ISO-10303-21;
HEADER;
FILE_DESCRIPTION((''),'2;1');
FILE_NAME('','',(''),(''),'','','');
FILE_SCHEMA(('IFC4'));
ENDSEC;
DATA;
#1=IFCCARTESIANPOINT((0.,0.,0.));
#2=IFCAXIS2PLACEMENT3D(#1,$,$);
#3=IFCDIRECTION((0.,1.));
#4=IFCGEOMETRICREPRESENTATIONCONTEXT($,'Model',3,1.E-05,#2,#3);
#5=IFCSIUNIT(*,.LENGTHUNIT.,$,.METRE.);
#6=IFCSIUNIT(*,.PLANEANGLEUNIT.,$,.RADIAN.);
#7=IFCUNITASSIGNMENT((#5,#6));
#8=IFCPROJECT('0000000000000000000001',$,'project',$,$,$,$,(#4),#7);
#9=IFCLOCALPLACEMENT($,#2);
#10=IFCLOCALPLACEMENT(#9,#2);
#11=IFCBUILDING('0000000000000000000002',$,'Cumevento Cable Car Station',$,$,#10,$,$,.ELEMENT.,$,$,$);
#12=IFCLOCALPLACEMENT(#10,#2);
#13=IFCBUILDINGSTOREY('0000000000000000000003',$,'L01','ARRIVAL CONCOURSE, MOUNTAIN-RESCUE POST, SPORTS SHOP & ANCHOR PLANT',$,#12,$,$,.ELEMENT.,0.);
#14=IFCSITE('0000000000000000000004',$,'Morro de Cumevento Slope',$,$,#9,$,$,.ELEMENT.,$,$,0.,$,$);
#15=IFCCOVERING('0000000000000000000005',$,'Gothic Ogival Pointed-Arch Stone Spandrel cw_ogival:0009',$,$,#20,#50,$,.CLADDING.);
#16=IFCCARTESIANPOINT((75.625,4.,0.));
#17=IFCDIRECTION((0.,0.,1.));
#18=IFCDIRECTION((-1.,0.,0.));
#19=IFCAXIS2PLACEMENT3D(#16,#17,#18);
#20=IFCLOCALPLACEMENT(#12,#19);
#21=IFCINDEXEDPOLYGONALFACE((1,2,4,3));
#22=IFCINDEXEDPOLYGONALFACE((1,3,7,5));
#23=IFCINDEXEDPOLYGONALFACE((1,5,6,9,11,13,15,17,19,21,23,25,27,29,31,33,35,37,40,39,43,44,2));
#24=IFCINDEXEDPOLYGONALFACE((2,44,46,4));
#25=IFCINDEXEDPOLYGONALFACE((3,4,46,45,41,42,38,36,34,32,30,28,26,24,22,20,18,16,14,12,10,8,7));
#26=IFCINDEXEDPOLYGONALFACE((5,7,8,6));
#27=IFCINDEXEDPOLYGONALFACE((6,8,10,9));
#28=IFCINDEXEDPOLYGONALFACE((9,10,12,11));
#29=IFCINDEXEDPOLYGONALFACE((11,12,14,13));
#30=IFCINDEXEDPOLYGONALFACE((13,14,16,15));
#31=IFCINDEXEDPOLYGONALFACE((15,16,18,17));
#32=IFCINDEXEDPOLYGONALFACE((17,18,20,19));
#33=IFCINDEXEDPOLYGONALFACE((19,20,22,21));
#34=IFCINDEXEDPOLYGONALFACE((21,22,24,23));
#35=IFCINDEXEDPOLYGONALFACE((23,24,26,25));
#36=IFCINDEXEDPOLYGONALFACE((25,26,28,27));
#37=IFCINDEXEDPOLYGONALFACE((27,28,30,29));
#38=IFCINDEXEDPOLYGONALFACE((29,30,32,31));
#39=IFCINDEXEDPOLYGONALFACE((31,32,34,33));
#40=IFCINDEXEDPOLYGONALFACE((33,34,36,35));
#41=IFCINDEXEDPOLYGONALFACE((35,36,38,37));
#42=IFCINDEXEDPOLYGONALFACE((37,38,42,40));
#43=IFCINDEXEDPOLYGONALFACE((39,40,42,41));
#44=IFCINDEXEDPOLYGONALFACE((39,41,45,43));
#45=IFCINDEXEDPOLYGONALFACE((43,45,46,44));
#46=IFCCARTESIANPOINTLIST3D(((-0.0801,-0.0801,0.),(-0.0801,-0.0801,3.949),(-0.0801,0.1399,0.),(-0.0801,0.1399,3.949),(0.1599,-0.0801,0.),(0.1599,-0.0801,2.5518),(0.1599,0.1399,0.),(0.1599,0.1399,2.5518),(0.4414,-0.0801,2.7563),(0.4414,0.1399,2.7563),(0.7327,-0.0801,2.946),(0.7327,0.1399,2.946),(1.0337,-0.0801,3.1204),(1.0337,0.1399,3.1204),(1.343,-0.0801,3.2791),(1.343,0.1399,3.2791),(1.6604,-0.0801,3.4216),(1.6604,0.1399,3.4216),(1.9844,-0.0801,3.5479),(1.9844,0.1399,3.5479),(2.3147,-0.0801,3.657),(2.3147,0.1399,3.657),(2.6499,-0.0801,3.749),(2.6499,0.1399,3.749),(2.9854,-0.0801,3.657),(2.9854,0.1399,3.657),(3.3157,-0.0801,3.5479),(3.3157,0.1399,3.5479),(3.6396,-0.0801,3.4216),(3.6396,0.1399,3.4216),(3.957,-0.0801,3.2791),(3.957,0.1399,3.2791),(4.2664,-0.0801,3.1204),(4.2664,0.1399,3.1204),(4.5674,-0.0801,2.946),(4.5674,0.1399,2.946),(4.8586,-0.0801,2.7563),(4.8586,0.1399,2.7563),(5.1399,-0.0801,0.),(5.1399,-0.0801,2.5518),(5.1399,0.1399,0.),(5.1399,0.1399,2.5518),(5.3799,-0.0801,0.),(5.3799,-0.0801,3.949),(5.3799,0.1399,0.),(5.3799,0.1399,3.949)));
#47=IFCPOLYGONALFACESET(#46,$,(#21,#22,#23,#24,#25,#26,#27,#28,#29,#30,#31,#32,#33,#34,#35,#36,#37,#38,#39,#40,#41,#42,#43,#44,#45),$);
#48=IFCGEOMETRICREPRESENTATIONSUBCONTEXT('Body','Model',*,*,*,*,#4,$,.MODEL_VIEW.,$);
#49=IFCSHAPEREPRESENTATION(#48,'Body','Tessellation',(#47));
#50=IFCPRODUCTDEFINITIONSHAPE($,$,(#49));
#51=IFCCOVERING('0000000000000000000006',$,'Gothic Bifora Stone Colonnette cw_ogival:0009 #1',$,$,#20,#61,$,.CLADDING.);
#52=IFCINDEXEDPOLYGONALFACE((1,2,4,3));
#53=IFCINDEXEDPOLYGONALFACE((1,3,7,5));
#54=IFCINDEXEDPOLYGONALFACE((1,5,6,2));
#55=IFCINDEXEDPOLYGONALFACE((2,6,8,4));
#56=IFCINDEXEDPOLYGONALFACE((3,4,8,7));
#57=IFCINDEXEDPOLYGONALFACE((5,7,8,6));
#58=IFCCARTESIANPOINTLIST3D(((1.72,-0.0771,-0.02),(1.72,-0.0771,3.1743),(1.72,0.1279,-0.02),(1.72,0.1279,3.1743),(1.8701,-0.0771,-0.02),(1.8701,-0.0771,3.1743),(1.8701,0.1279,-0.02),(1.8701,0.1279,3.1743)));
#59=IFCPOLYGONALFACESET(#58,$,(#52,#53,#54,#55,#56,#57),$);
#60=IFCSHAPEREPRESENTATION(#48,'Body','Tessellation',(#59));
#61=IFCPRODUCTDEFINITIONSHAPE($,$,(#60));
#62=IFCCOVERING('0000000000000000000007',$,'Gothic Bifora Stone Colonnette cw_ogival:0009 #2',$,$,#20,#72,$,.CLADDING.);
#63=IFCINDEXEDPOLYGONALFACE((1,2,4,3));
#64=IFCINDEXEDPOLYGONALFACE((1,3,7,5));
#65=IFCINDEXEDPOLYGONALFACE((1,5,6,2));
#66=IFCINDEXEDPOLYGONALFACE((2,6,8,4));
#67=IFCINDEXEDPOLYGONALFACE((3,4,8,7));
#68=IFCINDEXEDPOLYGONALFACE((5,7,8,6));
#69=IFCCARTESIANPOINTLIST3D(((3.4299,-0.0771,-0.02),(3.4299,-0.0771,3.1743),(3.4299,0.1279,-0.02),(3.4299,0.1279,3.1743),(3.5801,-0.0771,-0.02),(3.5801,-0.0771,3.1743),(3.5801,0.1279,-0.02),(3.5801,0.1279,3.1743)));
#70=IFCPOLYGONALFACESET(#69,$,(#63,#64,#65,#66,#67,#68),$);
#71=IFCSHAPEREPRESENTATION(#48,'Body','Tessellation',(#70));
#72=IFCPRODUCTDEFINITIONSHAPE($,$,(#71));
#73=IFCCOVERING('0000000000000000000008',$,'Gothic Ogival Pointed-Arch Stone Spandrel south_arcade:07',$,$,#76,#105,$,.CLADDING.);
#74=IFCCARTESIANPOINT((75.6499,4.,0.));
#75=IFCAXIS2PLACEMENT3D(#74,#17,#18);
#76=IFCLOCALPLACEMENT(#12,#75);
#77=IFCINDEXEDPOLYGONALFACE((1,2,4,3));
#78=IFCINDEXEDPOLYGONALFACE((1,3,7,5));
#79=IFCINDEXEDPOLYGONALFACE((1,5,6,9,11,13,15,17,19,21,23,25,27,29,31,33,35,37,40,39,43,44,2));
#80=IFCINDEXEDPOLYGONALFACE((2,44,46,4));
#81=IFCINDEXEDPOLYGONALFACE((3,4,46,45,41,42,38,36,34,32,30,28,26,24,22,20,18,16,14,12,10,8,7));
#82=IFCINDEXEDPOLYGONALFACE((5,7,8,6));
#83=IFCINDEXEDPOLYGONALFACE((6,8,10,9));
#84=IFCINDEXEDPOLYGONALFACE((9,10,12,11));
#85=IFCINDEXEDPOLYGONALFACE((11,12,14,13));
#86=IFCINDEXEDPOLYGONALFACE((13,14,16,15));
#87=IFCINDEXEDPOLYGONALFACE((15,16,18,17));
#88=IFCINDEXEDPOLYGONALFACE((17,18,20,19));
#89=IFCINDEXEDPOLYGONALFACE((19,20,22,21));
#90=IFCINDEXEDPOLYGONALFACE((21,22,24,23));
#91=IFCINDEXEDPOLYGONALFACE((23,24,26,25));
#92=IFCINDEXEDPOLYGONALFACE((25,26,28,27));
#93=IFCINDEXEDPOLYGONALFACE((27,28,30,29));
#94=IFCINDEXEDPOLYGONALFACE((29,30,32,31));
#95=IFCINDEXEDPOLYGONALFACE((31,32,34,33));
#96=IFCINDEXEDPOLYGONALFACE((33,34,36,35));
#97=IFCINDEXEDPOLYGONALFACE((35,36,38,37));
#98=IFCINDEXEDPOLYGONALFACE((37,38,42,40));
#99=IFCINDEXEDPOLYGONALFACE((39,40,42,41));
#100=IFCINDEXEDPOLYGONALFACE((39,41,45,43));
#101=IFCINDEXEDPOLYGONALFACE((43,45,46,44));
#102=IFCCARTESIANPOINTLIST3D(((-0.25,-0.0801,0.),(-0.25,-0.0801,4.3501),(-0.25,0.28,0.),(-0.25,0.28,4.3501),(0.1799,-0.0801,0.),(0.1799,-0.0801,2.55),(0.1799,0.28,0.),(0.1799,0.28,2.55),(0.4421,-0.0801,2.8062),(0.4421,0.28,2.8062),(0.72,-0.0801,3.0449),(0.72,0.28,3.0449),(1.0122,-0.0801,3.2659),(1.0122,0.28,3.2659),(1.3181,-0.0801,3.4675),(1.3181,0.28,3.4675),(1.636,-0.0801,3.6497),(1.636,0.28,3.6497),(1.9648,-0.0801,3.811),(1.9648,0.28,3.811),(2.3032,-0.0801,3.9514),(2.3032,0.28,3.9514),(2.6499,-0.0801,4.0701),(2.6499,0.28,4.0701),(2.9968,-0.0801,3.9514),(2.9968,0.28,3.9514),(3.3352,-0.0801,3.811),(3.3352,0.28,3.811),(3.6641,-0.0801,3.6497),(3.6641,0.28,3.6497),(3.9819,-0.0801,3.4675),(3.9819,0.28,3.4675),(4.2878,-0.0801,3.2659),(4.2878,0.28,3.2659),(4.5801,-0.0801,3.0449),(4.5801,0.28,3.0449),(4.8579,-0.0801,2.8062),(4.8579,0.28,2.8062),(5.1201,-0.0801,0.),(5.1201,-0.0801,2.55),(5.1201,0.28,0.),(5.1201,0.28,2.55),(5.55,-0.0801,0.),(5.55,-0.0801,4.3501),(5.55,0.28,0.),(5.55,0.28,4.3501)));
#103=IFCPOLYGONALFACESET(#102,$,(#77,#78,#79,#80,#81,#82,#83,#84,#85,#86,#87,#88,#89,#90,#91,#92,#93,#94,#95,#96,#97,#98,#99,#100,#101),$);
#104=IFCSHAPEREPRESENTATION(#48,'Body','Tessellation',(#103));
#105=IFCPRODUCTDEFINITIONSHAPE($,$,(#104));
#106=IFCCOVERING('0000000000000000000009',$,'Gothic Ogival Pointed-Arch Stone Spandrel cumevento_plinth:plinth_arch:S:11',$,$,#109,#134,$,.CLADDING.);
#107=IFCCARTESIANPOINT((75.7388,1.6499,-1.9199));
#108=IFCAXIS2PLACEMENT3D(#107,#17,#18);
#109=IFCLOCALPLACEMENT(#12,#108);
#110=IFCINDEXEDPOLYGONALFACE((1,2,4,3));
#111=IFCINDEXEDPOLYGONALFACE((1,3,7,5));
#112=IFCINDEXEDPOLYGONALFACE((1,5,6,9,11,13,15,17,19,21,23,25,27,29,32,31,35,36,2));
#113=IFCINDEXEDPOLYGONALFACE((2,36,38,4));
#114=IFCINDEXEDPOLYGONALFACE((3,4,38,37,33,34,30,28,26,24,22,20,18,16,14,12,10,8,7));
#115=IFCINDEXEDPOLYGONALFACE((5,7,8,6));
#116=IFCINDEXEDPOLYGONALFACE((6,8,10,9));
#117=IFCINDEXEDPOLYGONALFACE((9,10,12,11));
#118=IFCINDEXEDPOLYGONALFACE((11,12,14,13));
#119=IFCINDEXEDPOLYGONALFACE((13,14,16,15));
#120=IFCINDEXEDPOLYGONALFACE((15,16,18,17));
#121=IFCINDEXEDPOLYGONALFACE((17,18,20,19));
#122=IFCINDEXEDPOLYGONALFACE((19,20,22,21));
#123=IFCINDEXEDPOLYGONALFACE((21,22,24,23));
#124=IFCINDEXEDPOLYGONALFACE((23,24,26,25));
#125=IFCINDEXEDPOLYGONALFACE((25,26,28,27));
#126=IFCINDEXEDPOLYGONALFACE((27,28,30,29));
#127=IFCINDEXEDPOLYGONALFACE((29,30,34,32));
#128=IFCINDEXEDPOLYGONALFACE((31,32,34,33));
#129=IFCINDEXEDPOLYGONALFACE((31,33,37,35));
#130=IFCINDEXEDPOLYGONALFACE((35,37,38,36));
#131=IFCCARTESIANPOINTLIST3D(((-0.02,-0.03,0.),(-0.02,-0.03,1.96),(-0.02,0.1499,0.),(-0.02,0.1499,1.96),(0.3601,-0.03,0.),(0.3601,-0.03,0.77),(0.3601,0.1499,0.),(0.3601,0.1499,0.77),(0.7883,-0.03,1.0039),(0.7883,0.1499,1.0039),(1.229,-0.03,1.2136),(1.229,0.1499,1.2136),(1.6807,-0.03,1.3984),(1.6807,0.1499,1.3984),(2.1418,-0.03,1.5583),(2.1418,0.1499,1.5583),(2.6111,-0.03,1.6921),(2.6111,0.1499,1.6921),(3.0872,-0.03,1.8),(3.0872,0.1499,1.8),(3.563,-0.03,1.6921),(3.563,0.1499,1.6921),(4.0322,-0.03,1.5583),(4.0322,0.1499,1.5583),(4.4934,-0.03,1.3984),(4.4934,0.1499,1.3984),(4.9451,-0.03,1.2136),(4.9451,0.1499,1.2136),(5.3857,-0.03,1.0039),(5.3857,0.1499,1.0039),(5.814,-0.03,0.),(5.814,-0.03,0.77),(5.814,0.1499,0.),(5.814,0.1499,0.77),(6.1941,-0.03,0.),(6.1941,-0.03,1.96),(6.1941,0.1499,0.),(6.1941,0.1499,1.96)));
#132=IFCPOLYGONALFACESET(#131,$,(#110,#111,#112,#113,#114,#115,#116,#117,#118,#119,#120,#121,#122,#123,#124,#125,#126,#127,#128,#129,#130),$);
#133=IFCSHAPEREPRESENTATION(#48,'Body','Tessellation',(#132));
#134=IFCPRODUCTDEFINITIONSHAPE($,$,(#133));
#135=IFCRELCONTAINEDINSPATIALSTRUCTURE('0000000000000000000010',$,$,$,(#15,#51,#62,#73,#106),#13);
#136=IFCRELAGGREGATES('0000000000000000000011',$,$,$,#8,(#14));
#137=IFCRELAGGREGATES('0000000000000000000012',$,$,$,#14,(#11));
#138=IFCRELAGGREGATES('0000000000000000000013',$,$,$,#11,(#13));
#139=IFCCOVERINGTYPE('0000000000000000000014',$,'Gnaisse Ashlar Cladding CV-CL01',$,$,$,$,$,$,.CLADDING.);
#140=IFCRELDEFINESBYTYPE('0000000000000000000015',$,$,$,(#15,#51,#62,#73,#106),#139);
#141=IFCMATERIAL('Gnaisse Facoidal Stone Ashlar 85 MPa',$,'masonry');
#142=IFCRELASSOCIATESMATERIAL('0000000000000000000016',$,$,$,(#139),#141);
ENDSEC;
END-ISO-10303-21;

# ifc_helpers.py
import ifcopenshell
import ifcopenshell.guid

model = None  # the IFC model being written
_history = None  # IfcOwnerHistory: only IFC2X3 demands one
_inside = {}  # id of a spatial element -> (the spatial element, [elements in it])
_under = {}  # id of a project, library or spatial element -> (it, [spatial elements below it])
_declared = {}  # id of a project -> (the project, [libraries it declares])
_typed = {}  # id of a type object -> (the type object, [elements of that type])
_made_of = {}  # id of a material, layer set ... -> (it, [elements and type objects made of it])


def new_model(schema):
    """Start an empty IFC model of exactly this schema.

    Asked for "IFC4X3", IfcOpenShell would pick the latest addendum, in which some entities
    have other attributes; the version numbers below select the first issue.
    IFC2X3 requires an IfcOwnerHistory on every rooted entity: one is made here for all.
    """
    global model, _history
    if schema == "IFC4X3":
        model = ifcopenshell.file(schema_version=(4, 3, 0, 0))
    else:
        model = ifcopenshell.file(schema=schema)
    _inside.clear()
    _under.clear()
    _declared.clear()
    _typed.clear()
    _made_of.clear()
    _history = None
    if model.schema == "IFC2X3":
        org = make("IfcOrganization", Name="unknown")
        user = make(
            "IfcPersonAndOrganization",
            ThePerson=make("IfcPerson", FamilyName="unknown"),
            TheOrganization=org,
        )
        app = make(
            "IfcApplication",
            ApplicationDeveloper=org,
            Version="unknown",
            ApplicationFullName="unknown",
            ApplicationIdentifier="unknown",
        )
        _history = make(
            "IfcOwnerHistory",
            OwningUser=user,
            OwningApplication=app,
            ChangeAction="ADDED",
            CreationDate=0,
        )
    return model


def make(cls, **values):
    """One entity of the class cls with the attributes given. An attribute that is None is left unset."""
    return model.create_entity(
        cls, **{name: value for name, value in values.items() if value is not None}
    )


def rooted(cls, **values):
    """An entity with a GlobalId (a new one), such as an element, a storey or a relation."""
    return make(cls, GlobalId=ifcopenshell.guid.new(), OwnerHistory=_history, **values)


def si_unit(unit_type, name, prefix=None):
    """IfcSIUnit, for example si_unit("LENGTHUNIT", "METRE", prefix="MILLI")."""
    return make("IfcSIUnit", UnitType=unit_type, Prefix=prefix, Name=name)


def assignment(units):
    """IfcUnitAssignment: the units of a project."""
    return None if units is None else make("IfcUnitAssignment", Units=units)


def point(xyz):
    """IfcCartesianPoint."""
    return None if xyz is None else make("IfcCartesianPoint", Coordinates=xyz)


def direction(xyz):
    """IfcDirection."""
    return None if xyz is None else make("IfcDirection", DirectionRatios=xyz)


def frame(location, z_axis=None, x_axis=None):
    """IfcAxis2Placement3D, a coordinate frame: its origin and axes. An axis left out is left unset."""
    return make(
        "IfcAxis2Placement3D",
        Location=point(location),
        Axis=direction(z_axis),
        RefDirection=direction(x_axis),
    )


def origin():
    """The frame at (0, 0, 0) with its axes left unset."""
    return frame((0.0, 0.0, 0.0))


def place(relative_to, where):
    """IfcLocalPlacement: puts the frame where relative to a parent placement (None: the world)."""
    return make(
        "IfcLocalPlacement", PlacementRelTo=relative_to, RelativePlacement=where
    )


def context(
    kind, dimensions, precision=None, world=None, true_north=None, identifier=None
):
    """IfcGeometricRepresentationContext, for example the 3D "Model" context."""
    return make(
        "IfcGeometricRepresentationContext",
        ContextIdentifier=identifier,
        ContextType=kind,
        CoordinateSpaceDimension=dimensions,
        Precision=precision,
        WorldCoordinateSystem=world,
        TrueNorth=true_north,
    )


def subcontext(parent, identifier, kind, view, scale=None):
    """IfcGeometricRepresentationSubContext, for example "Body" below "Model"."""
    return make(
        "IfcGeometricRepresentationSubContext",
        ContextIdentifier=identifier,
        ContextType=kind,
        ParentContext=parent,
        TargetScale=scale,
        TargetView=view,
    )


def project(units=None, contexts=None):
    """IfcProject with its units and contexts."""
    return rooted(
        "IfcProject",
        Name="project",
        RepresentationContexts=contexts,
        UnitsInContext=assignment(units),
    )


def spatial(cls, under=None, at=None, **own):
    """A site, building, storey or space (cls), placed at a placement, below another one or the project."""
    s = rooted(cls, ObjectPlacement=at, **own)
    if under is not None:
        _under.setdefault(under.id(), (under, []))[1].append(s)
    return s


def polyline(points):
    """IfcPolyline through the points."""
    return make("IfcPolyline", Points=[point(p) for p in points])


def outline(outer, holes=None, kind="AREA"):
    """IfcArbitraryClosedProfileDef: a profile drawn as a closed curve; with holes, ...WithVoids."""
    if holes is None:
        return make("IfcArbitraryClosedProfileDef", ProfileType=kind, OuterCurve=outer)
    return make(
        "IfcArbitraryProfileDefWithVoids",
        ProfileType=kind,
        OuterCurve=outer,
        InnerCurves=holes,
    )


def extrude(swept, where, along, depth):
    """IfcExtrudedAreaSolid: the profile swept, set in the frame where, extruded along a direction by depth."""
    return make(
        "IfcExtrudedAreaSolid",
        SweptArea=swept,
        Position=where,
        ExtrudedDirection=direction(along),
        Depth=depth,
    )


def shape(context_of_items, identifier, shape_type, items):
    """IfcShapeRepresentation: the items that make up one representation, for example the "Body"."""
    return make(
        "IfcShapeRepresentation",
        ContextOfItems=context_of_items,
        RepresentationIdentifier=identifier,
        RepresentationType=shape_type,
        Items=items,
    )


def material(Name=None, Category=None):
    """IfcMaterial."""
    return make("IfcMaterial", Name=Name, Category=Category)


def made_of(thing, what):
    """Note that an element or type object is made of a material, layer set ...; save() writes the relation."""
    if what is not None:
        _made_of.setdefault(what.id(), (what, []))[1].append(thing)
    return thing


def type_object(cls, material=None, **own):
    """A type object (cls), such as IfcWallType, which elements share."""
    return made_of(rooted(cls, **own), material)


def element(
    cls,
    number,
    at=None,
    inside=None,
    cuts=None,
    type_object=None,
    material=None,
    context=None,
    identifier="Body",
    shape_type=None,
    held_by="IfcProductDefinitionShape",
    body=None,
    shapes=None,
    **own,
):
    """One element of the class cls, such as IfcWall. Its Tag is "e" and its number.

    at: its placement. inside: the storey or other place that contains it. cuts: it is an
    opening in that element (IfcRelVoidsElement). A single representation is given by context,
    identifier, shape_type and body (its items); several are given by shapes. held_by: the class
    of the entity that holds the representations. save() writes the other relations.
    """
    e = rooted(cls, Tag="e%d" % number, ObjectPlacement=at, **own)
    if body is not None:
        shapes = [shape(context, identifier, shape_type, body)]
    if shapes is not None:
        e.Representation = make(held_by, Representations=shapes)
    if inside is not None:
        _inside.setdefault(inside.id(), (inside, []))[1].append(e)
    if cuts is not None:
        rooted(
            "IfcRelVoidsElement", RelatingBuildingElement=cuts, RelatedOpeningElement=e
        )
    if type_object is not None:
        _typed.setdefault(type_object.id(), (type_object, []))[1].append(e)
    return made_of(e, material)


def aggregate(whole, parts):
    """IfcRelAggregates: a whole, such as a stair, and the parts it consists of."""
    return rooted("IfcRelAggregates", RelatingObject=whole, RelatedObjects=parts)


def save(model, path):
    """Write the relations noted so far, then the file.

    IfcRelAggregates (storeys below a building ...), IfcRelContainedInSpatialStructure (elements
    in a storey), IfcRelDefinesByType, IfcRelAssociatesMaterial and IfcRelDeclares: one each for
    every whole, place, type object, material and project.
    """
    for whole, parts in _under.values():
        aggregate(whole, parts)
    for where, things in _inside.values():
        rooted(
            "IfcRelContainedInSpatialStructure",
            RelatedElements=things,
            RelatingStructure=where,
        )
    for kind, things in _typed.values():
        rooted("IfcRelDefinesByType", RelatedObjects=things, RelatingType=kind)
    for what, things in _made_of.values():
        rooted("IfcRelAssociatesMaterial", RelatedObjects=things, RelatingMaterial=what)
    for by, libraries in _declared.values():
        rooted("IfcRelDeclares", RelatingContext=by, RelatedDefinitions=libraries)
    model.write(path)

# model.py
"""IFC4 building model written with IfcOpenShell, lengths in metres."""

from ifc_helpers import new_model, si_unit, direction, frame, origin, place, context, subcontext, project, spatial, polyline, outline, extrude, material, type_object, element, save


model = new_model("IFC4")

# Units and contexts
model_context = context("Model", 3, precision=1e-05, world=origin(), true_north=direction((0.0, 1.0)))
body_context = subcontext(model_context, "Body", "Model", "MODEL_VIEW")
ifc_project = project(units=[si_unit("LENGTHUNIT", "METRE"), si_unit("PLANEANGLEUNIT", "RADIAN")], contexts=[model_context])

# Site, building, storey
site_placement = place(None, origin())
site = spatial("IfcSite", under=ifc_project, at=site_placement, Name="Morro de Cumevento Slope", CompositionType="ELEMENT", RefElevation=0.0)
building_placement = place(site_placement, origin())
building = spatial("IfcBuilding", under=site, at=building_placement, Name="Cumevento Cable Car Station", CompositionType="ELEMENT")
storey_placement = place(building_placement, origin())
storey = spatial("IfcBuildingStorey", under=building, at=storey_placement, Name="L01", Description="ARRIVAL CONCOURSE, MOUNTAIN-RESCUE POST, SPORTS SHOP & ANCHOR PLANT", CompositionType="ELEMENT", Elevation=0.0)

# Coverings
ifc_material_1 = material(Name="Gnaisse Facoidal Stone Ashlar 85 MPa", Category="masonry")
covering_type = type_object("IfcCoveringType", Name="Gnaisse Ashlar Cladding CV-CL01", PredefinedType="CLADDING", material=ifc_material_1)
placement = place(storey_placement, frame((75.625, 4.0, 0.0), z_axis=(0.0, 0.0, 1.0), x_axis=(-1.0, 0.0, 0.0)))
element("IfcCovering", 1, at=placement, inside=storey, type_object=covering_type, Name="Gothic Ogival Pointed-Arch Stone Spandrel cw_ogival:0009", PredefinedType="CLADDING", context=body_context, shape_type="SweptSolid", body=[
    extrude(outline(polyline([(-0.0801, 0.0), (-0.0801, 3.949), (5.3799, 3.949), (5.3799, 0.0), (5.1399, 0.0), (5.1399, 2.5518), (4.8586, 2.7563), (4.5674, 2.946), (4.2664, 3.1204), (3.957, 3.2791), (3.6396, 3.4216), (3.3157, 3.5479), (2.9854, 3.657), (2.6499, 3.749), (2.3147, 3.657), (1.9844, 3.5479), (1.6604, 3.4216), (1.343, 3.2791), (1.0337, 3.1204), (0.7327, 2.946), (0.4414, 2.7563), (0.1599, 2.5518), (0.1599, 0.0), (-0.0801, 0.0)])), frame((0.0, 0.1399, 0.0), z_axis=(0.0, -1.0, 0.0), x_axis=(1.0, 0.0, 0.0)), (0.0, 0.0, 1.0), 0.22),
])
element("IfcCovering", 2, at=placement, inside=storey, type_object=covering_type, Name="Gothic Bifora Stone Colonnette cw_ogival:0009 #1", PredefinedType="CLADDING", context=body_context, shape_type="SweptSolid", body=[
    extrude(outline(polyline([(1.72, -0.02), (1.8701, -0.02), (1.8701, 3.1743), (1.72, 3.1743), (1.72, -0.02)])), frame((0.0, 0.1279, 0.0), z_axis=(0.0, -1.0, 0.0), x_axis=(1.0, 0.0, 0.0)), (0.0, 0.0, 1.0), 0.2051),
])
element("IfcCovering", 3, at=placement, inside=storey, type_object=covering_type, Name="Gothic Bifora Stone Colonnette cw_ogival:0009 #2", PredefinedType="CLADDING", context=body_context, shape_type="SweptSolid", body=[
    extrude(outline(polyline([(3.4299, -0.02), (3.5801, -0.02), (3.5801, 3.1743), (3.4299, 3.1743), (3.4299, -0.02)])), frame((0.0, 0.1279, 0.0), z_axis=(0.0, -1.0, 0.0), x_axis=(1.0, 0.0, 0.0)), (0.0, 0.0, 1.0), 0.2051),
])
covering_1_placement = place(storey_placement, frame((75.6499, 4.0, 0.0), z_axis=(0.0, 0.0, 1.0), x_axis=(-1.0, 0.0, 0.0)))
element("IfcCovering", 4, at=covering_1_placement, inside=storey, type_object=covering_type, Name="Gothic Ogival Pointed-Arch Stone Spandrel south_arcade:07", PredefinedType="CLADDING", context=body_context, shape_type="SweptSolid", body=[
    extrude(outline(polyline([(-0.25, 0.0), (-0.25, 4.3501), (5.55, 4.3501), (5.55, 0.0), (5.1201, 0.0), (5.1201, 2.55), (4.8579, 2.8062), (4.5801, 3.0449), (4.2878, 3.2659), (3.9819, 3.4675), (3.6641, 3.6497), (3.3352, 3.811), (2.9968, 3.9514), (2.6499, 4.0701), (2.3032, 3.9514), (1.9648, 3.811), (1.636, 3.6497), (1.3181, 3.4675), (1.0122, 3.2659), (0.72, 3.0449), (0.4421, 2.8062), (0.1799, 2.55), (0.1799, 0.0), (-0.25, 0.0)])), frame((0.0, 0.28, 0.0), z_axis=(0.0, -1.0, 0.0), x_axis=(1.0, 0.0, 0.0)), (0.0, 0.0, 1.0), 0.3601),
])
covering_2_placement = place(storey_placement, frame((75.7388, 1.6499, -1.9199), z_axis=(0.0, 0.0, 1.0), x_axis=(-1.0, 0.0, 0.0)))
element("IfcCovering", 5, at=covering_2_placement, inside=storey, type_object=covering_type, Name="Gothic Ogival Pointed-Arch Stone Spandrel cumevento_plinth:plinth_arch:S:11", PredefinedType="CLADDING", context=body_context, shape_type="SweptSolid", body=[
    extrude(outline(polyline([(-0.02, 0.0), (-0.02, 1.96), (6.1941, 1.96), (6.1941, 0.0), (5.814, 0.0), (5.814, 0.77), (5.3857, 1.0039), (4.9451, 1.2136), (4.4934, 1.3984), (4.0322, 1.5583), (3.563, 1.6921), (3.0872, 1.8), (2.6111, 1.6921), (2.1418, 1.5583), (1.6807, 1.3984), (1.229, 1.2136), (0.7883, 1.0039), (0.3601, 0.77), (0.3601, 0.0), (-0.02, 0.0)])), frame((0.0, 0.1499, 0.0), z_axis=(0.0, -1.0, 0.0), x_axis=(1.0, 0.0, 0.0)), (0.0, 0.0, 1.0), 0.1799),
])

save(model, "model.ifc")
